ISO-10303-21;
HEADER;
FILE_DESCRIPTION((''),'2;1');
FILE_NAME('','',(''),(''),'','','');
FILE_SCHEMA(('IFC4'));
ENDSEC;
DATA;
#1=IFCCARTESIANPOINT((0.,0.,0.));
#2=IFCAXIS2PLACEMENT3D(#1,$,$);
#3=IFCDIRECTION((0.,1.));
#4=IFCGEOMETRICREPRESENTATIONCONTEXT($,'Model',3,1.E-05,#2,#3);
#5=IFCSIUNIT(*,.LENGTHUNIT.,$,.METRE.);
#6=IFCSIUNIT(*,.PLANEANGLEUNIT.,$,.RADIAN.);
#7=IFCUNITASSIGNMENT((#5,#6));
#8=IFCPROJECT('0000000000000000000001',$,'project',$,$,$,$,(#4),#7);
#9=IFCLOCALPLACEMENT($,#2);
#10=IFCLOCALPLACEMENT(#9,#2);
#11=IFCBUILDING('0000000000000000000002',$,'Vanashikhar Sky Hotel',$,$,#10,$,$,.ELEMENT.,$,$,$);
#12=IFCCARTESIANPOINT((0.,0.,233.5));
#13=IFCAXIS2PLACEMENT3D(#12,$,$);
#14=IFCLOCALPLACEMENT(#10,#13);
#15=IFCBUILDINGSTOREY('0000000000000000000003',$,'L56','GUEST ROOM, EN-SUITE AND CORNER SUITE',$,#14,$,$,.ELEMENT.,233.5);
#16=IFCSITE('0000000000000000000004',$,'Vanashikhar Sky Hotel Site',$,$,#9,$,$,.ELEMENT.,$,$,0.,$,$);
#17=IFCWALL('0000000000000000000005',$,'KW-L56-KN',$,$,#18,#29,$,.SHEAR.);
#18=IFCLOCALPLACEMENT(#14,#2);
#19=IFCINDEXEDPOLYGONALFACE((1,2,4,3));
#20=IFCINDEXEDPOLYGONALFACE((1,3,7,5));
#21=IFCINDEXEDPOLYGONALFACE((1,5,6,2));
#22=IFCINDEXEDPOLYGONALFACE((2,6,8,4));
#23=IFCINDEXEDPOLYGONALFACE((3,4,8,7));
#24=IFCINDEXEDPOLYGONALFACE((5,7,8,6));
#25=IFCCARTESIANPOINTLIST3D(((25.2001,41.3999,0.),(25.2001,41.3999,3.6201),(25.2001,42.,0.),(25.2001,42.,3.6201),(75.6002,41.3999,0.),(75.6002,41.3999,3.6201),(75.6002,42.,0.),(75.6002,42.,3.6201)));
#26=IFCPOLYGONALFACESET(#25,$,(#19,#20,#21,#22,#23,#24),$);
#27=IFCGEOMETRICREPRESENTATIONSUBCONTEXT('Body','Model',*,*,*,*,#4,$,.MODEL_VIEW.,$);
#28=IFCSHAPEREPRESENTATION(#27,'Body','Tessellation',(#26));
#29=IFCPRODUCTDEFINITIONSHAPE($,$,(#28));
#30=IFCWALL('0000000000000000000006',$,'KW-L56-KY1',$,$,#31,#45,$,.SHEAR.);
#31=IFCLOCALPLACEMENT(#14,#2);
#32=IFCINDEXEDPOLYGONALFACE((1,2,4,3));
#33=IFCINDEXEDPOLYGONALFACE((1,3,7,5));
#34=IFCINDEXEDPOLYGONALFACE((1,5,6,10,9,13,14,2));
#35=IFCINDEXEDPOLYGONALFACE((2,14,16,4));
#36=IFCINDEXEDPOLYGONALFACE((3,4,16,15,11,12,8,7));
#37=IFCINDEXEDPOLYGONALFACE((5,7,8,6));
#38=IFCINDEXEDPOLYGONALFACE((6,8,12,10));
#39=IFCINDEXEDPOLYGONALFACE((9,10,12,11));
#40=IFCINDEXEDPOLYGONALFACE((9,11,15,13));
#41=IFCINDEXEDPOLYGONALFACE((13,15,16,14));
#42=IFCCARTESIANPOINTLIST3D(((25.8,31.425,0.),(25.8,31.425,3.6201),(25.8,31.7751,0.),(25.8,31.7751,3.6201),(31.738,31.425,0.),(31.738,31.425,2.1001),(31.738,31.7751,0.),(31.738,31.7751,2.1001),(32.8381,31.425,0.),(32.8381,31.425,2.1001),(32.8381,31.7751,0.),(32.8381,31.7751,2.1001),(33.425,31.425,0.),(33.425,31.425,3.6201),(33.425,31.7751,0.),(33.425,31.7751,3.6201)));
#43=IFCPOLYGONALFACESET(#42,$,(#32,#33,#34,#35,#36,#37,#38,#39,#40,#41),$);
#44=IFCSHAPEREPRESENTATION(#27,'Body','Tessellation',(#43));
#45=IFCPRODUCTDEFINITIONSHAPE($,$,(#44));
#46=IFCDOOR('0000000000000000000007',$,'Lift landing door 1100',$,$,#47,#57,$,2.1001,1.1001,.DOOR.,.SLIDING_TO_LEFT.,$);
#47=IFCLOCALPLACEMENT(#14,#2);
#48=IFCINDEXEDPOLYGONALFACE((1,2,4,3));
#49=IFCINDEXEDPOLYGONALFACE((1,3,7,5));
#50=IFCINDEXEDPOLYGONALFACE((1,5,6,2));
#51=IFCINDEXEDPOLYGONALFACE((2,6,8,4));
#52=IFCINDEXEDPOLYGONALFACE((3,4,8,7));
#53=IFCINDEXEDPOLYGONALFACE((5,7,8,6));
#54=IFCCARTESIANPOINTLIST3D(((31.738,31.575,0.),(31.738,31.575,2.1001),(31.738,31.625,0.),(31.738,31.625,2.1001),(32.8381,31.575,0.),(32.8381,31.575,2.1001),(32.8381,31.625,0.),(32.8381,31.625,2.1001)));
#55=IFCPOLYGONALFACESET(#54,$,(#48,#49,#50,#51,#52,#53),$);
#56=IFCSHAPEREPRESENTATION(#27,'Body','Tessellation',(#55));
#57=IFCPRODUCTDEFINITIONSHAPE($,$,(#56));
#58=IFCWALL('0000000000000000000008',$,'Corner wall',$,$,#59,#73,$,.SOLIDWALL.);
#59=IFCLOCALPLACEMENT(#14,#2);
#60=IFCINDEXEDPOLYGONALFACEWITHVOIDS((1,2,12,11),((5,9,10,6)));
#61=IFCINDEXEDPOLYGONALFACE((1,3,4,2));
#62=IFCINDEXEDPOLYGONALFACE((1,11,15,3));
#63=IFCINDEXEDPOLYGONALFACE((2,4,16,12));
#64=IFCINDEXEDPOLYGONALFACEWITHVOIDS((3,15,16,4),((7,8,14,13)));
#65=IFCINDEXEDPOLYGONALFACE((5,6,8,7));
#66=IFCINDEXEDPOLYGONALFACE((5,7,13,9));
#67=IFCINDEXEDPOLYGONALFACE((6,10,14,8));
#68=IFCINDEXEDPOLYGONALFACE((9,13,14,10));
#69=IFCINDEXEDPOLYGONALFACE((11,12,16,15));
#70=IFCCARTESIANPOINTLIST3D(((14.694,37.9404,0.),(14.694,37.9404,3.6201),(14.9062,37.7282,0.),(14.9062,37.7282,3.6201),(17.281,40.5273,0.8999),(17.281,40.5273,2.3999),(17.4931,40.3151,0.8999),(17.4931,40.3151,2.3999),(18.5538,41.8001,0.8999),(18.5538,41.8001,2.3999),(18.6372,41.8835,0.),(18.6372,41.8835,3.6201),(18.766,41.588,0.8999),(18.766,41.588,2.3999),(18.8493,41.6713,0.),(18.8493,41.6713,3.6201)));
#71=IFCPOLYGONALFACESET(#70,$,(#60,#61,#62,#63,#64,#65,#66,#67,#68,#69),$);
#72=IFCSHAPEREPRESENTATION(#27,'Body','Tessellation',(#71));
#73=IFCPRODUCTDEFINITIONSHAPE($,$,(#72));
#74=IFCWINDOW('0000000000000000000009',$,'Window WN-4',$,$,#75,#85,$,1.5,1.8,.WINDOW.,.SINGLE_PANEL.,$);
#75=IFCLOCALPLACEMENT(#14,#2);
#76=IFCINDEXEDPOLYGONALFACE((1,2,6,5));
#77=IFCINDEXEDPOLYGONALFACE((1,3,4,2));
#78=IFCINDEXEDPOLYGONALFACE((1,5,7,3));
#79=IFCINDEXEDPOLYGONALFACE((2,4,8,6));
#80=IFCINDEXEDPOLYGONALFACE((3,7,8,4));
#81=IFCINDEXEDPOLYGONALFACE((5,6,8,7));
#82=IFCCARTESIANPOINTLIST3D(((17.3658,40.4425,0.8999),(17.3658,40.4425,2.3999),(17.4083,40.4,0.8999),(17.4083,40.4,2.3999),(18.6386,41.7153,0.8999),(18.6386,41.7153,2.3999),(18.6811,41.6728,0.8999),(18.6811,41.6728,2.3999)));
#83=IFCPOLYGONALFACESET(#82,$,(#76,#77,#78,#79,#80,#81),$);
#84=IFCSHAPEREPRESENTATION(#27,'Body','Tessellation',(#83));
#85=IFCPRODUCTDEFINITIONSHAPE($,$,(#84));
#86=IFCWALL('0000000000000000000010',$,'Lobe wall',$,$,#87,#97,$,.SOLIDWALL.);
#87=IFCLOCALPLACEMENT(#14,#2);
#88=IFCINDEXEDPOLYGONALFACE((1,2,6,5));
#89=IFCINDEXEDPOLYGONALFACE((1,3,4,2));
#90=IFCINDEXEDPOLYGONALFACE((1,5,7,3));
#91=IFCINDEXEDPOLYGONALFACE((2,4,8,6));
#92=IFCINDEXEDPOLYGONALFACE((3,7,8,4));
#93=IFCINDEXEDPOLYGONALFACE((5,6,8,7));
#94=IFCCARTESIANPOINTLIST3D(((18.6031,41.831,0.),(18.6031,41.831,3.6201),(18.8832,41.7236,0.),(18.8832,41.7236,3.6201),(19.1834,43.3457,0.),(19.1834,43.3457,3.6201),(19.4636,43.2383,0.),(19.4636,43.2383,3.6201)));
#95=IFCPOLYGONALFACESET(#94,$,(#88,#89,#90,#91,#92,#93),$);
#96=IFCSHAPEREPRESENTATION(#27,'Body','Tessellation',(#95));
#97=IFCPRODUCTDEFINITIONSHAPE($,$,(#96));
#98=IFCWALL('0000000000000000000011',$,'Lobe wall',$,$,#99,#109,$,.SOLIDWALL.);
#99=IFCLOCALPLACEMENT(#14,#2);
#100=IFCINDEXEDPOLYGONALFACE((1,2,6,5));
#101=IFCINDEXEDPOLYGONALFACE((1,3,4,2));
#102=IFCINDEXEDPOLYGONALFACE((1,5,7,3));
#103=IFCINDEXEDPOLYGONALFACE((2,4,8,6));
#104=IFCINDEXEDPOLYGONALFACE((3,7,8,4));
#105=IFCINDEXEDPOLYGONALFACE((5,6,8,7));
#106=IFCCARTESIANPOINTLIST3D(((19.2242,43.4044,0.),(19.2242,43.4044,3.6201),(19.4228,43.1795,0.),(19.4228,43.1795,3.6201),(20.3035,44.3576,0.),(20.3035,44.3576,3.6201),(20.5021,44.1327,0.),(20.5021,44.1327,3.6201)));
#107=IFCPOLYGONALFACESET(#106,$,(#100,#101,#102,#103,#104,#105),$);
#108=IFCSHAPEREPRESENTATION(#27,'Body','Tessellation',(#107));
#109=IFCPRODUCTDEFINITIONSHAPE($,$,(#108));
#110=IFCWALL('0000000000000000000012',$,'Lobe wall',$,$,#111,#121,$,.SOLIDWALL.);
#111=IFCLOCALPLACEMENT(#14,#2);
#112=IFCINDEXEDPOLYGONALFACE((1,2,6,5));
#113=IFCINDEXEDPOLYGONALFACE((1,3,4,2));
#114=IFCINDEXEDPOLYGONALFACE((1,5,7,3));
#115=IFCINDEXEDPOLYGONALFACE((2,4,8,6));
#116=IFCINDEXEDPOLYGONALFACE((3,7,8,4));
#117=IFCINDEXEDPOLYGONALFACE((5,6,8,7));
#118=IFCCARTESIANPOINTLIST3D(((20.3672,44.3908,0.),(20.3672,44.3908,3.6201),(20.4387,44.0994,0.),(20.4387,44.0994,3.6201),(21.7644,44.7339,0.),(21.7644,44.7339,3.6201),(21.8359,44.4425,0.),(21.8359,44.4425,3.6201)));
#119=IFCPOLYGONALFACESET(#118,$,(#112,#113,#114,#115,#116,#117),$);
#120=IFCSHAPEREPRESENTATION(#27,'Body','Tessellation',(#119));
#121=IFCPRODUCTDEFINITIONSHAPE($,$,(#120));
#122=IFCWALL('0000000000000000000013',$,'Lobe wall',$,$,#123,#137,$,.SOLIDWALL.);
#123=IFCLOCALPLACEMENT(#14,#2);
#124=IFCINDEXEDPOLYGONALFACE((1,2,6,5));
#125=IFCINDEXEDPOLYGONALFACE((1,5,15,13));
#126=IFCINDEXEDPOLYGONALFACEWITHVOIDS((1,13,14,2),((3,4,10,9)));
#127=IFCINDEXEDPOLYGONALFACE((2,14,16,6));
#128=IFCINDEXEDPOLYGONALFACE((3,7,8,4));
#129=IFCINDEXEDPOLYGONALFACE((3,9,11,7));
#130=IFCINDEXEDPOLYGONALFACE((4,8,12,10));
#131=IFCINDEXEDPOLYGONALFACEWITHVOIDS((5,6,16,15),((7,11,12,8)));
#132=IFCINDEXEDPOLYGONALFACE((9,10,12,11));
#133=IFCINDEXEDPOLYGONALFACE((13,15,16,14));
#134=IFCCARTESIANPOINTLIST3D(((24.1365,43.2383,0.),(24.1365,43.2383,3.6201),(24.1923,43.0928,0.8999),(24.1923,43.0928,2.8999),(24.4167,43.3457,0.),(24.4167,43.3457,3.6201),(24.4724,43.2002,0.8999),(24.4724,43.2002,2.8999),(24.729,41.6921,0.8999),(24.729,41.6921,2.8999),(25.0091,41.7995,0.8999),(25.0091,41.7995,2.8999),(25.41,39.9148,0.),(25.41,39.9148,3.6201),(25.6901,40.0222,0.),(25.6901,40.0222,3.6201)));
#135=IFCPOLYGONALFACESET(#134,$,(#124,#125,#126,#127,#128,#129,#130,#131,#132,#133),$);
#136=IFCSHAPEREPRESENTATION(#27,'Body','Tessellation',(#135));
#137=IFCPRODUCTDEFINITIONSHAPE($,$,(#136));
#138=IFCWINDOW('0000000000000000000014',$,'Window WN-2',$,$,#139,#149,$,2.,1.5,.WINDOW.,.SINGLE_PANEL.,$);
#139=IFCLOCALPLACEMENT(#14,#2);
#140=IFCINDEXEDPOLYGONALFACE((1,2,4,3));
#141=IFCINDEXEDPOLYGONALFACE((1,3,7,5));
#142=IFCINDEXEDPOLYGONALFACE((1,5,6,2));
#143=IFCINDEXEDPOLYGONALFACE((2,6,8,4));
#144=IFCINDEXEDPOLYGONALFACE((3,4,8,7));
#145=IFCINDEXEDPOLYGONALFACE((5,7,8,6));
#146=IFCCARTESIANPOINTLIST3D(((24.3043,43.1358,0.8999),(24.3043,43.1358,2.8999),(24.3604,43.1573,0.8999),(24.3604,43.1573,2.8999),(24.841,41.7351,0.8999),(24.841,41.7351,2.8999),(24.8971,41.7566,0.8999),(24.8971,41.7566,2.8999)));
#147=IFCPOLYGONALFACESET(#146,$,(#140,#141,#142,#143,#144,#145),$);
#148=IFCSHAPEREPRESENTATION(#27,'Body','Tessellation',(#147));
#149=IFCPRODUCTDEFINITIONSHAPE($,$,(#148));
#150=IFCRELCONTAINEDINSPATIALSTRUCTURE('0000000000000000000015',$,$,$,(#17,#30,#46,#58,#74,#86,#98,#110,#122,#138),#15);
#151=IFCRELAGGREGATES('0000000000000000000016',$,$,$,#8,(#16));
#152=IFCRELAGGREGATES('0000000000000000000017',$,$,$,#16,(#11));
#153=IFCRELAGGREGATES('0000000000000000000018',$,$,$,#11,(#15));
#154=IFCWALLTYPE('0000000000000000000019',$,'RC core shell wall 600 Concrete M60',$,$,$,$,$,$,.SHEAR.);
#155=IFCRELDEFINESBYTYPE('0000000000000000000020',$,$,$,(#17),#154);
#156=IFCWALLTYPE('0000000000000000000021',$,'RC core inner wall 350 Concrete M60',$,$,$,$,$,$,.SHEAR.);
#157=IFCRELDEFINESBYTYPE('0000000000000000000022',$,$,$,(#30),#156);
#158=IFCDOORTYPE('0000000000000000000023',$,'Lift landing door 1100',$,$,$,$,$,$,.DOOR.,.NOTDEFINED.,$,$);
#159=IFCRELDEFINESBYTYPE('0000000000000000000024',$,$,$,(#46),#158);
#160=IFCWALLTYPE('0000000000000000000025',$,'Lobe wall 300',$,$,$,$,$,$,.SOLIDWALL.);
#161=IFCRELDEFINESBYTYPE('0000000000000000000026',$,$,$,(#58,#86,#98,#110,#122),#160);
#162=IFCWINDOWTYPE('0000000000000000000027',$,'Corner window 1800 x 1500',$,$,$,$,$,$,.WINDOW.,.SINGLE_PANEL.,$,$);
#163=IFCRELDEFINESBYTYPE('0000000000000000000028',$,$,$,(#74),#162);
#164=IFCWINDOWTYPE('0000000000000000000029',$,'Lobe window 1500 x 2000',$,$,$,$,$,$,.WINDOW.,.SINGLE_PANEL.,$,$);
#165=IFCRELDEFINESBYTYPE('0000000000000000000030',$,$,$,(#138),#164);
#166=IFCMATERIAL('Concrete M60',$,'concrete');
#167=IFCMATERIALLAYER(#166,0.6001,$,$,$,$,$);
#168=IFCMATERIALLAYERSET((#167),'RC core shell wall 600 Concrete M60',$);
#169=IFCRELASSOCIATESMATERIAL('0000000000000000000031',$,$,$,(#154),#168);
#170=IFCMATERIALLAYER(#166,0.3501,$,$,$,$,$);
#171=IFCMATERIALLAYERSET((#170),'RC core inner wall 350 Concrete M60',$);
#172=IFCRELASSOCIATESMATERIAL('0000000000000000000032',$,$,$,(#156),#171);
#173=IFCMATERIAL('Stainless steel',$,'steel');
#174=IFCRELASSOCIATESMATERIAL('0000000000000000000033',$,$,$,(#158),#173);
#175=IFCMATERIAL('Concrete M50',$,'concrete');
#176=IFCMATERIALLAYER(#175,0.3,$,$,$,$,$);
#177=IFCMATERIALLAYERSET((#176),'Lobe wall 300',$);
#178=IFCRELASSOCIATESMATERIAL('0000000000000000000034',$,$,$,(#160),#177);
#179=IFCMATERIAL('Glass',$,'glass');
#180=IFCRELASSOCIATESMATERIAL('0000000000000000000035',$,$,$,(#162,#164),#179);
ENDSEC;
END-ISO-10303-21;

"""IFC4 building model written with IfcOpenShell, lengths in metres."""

from ifc_helpers import new_model, si_unit, direction, frame, frame_2d, origin, place, context, subcontext, project, spatial, rectangle, extrude, source, transform, mapped, material, layer, layer_set, type_object, element, fill, save


model = new_model("IFC4")

# Units and contexts
model_context = context("Model", 3, precision=1e-05, world=origin(), true_north=direction((0.0, 1.0)))
body_context = subcontext(model_context, "Body", "Model", "MODEL_VIEW")
ifc_project = project(units=[si_unit("LENGTHUNIT", "METRE"), si_unit("PLANEANGLEUNIT", "RADIAN")], contexts=[model_context])

# Site, building, storey
site_placement = place(None, origin())
site = spatial("IfcSite", under=ifc_project, at=site_placement, Name="Vanashikhar Sky Hotel Site", CompositionType="ELEMENT", RefElevation=0.0)
building_placement = place(site_placement, origin())
building = spatial("IfcBuilding", under=site, at=building_placement, Name="Vanashikhar Sky Hotel", CompositionType="ELEMENT")
storey_placement = place(building_placement, frame((0.0, 0.0, 233.5)))
storey = spatial("IfcBuildingStorey", under=building, at=storey_placement, Name="L56", Description="GUEST ROOM, EN-SUITE AND CORNER SUITE", CompositionType="ELEMENT", Elevation=233.5)

# Wall
ifc_material_1 = material(Name="Concrete M60", Category="concrete")
ifc_layer_1 = layer(ifc_material_1, 0.6001)
ifc_layer_set_1 = layer_set([ifc_layer_1], Name="RC core shell wall 600 Concrete M60")
wall_type_1 = type_object("IfcWallType", Name="RC core shell wall 600 Concrete M60", PredefinedType="SHEAR", material=ifc_layer_set_1)
shared_shape_1 = source(origin(), body_context, "Body", "SweptSolid", [
    extrude(rectangle(XDim=50.4001, YDim=0.6001, at=frame_2d((25.2002, 0.0))), origin(), (0.0, 0.0, 1.0), 3.6201),
])
wall_1_placement = place(storey_placement, frame((25.2, 41.7, 0.0), z_axis=(0.0, 0.0, 1.0), x_axis=(1.0, 0.0, 0.0)))
element("IfcWall", 1, at=wall_1_placement, inside=storey, type_object=wall_type_1, Name="KW-L56-KN", PredefinedType="SHEAR", context=body_context, shape_type="MappedRepresentation", body=[
    mapped(shared_shape_1, transform((0.0, 0.0, 0.0), scale=1.0)),
])

# Wall, opening, door
ifc_layer_2 = layer(ifc_material_1, 0.3501)
ifc_layer_set_2 = layer_set([ifc_layer_2], Name="RC core inner wall 350 Concrete M60")
wall_type_2 = type_object("IfcWallType", Name="RC core inner wall 350 Concrete M60", PredefinedType="SHEAR", material=ifc_layer_set_2)
shared_shape_2 = source(origin(), body_context, "Body", "SweptSolid", [
    extrude(rectangle(XDim=7.625, YDim=0.3501, at=frame_2d((3.8125, 0.0))), origin(), (0.0, 0.0, 1.0), 3.6201),
])
wall_2_placement = place(storey_placement, frame((25.8, 31.6001, 0.0), z_axis=(0.0, 0.0, 1.0), x_axis=(1.0, 0.0, 0.0)))
wall_2 = element("IfcWall", 2, at=wall_2_placement, inside=storey, type_object=wall_type_2, Name="KW-L56-KY1", PredefinedType="SHEAR", context=body_context, shape_type="MappedRepresentation", body=[
    mapped(shared_shape_2, transform((0.0, 0.0, 0.0), scale=1.0)),
])
shared_shape_3 = source(origin(), body_context, "Body", "SweptSolid", [
    extrude(rectangle(XDim=1.1001, YDim=2.1001, at=frame_2d((0.55, 1.05))), frame((0.0, 0.1851, 0.0), z_axis=(0.0, -1.0, 0.0), x_axis=(1.0, 0.0, 0.0)), (0.0, 0.0, 1.0), 0.3701),
])
opening_1_placement = place(wall_2_placement, frame((5.938, 0.0, 0.0)))
opening_1 = element("IfcOpeningElement", 3, at=opening_1_placement, cuts=wall_2, PredefinedType="OPENING", context=body_context, shape_type="MappedRepresentation", body=[
    mapped(shared_shape_3, transform((0.0, 0.0, 0.0), scale=1.0)),
])
ifc_material_2 = material(Name="Stainless steel", Category="steel")
door_type_1 = type_object("IfcDoorType", Name="Lift landing door 1100", OperationType="NOTDEFINED", PredefinedType="DOOR", material=ifc_material_2)
shared_shape_4 = source(origin(), body_context, "Body", "SweptSolid", [
    extrude(rectangle(XDim=1.1001, YDim=2.1001, at=frame_2d((0.55, 1.05))), frame((0.0, 0.0249, 0.0), z_axis=(0.0, -1.0, 0.0), x_axis=(1.0, 0.0, 0.0)), (0.0, 0.0, 1.0), 0.05),
])
door_1_placement = place(opening_1_placement, origin())
door_1 = element("IfcDoor", 4, at=door_1_placement, inside=storey, type_object=door_type_1, Name="Lift landing door 1100", OperationType="SLIDING_TO_LEFT", OverallHeight=2.1001, OverallWidth=1.1001, PredefinedType="DOOR", context=body_context, shape_type="MappedRepresentation", body=[
    mapped(shared_shape_4, transform((0.0, 0.0, 0.0), scale=1.0)),
])
fill(opening_1, door_1)

# Wall, opening, window
ifc_material_3 = material(Name="Concrete M50", Category="concrete")
ifc_layer_3 = layer(ifc_material_3, 0.3)
ifc_layer_set_3 = layer_set([ifc_layer_3], Name="Lobe wall 300")
wall_type_3 = type_object("IfcWallType", Name="Lobe wall 300", PredefinedType="SOLIDWALL", material=ifc_layer_set_3)
shared_shape_5 = source(origin(), body_context, "Body", "SweptSolid", [
    extrude(rectangle(XDim=5.5764, YDim=0.3, at=frame_2d((2.7881, 0.0))), origin(), (0.0, 0.0, 1.0), 3.6201),
])
wall_3_placement = place(storey_placement, frame((18.7432, 41.7773, 0.0), z_axis=(0.0, 0.0, 1.0), x_axis=(-0.707107, -0.707107, 0.0)))
wall_3 = element("IfcWall", 5, at=wall_3_placement, inside=storey, type_object=wall_type_3, Name="Corner wall", PredefinedType="SOLIDWALL", context=body_context, shape_type="MappedRepresentation", body=[
    mapped(shared_shape_5, transform((0.0, 0.0, 0.0), scale=1.0)),
])
shared_shape_6 = source(origin(), body_context, "Body", "SweptSolid", [
    extrude(rectangle(XDim=1.8, YDim=1.5, at=frame_2d((0.8999, 0.75))), frame((0.0, 0.1602, 0.0), z_axis=(0.0, -1.0, 0.0), x_axis=(1.0, 0.0, 0.0)), (0.0, 0.0, 1.0), 0.3201),
])
opening_2_placement = place(wall_3_placement, frame((0.1179, 0.0, 0.8999)))
opening_2 = element("IfcOpeningElement", 6, at=opening_2_placement, cuts=wall_3, PredefinedType="OPENING", context=body_context, shape_type="MappedRepresentation", body=[
    mapped(shared_shape_6, transform((0.0, 0.0, 0.0), scale=1.0)),
])
ifc_material_4 = material(Name="Glass", Category="glass")
window_type_1 = type_object("IfcWindowType", Name="Corner window 1800 x 1500", PartitioningType="SINGLE_PANEL", PredefinedType="WINDOW", material=ifc_material_4)
shared_shape_7 = source(origin(), body_context, "Body", "SweptSolid", [
    extrude(rectangle(XDim=1.8, YDim=1.5, at=frame_2d((0.8999, 0.75))), frame((0.0, 0.03, 0.0), z_axis=(0.0, -1.0, 0.0), x_axis=(1.0, 0.0, 0.0)), (0.0, 0.0, 1.0), 0.0601),
])
window_1_placement = place(opening_2_placement, origin())
window_1 = element("IfcWindow", 7, at=window_1_placement, inside=storey, type_object=window_type_1, Name="Window WN-4", OverallHeight=1.5, OverallWidth=1.8, PartitioningType="SINGLE_PANEL", PredefinedType="WINDOW", context=body_context, shape_type="MappedRepresentation", body=[
    mapped(shared_shape_7, transform((0.0, 0.0, 0.0), scale=1.0)),
])
fill(opening_2, window_1)

# Walls
shared_shape_8 = source(origin(), body_context, "Body", "SweptSolid", [
    extrude(rectangle(XDim=1.6221, YDim=0.3, at=frame_2d((0.811, 0.0))), origin(), (0.0, 0.0, 1.0), 3.6201),
])
wall_4_placement = place(storey_placement, frame((19.3235, 43.292, 0.0), z_axis=(0.0, 0.0, 1.0), x_axis=(-0.357779, -0.933806, 0.0)))
element("IfcWall", 8, at=wall_4_placement, inside=storey, type_object=wall_type_3, Name="Lobe wall", PredefinedType="SOLIDWALL", context=body_context, shape_type="MappedRepresentation", body=[
    mapped(shared_shape_8, transform((0.0, 0.0, 0.0), scale=1.0)),
])
shared_shape_9 = source(origin(), body_context, "Body", "SweptSolid", [
    extrude(rectangle(XDim=1.4399, YDim=0.3, at=frame_2d((0.72, 0.0))), origin(), (0.0, 0.0, 1.0), 3.6201),
])
wall_5_placement = place(storey_placement, frame((20.4028, 44.2451, 0.0), z_axis=(0.0, 0.0, 1.0), x_axis=(-0.749576, -0.661919, 0.0)))
element("IfcWall", 9, at=wall_5_placement, inside=storey, type_object=wall_type_3, Name="Lobe wall", PredefinedType="SOLIDWALL", context=body_context, shape_type="MappedRepresentation", body=[
    mapped(shared_shape_9, transform((0.0, 0.0, 0.0), scale=1.0)),
])
shared_shape_10 = source(origin(), body_context, "Body", "SweptSolid", [
    extrude(rectangle(XDim=1.4387, YDim=0.3, at=frame_2d((0.7192, 0.0))), origin(), (0.0, 0.0, 1.0), 3.6201),
])
wall_6_placement = place(storey_placement, frame((21.8, 44.5881, 0.0), z_axis=(0.0, 0.0, 1.0), x_axis=(-0.971162, -0.238421, 0.0)))
element("IfcWall", 10, at=wall_6_placement, inside=storey, type_object=wall_type_3, Name="Lobe wall", PredefinedType="SOLIDWALL", context=body_context, shape_type="MappedRepresentation", body=[
    mapped(shared_shape_10, transform((0.0, 0.0, 0.0), scale=1.0)),
])

# Wall, opening, window
shared_shape_11 = source(origin(), body_context, "Body", "SweptSolid", [
    extrude(rectangle(XDim=3.5591, YDim=0.3, at=frame_2d((1.7795, 0.0))), origin(), (0.0, 0.0, 1.0), 3.6201),
])
wall_7_placement = place(storey_placement, frame((25.55, 39.9685, 0.0), z_axis=(0.0, 0.0, 1.0), x_axis=(-0.357797, 0.933799, 0.0)))
wall_7 = element("IfcWall", 11, at=wall_7_placement, inside=storey, type_object=wall_type_3, Name="Lobe wall", PredefinedType="SOLIDWALL", context=body_context, shape_type="MappedRepresentation", body=[
    mapped(shared_shape_11, transform((0.0, 0.0, 0.0), scale=1.0)),
])
shared_shape_12 = source(origin(), body_context, "Body", "SweptSolid", [
    extrude(rectangle(XDim=1.5, YDim=2.0, at=frame_2d((0.75, 1.0))), frame((0.0, 0.1602, 0.0), z_axis=(0.0, -1.0, 0.0), x_axis=(1.0, 0.0, 0.0)), (0.0, 0.0, 1.0), 0.3201),
])
opening_3_placement = place(wall_7_placement, frame((1.9033, 0.0, 0.8999)))
opening_3 = element("IfcOpeningElement", 12, at=opening_3_placement, cuts=wall_7, PredefinedType="OPENING", context=body_context, shape_type="MappedRepresentation", body=[
    mapped(shared_shape_12, transform((0.0, 0.0, 0.0), scale=1.0)),
])
window_type_2 = type_object("IfcWindowType", Name="Lobe window 1500 x 2000", PartitioningType="SINGLE_PANEL", PredefinedType="WINDOW", material=ifc_material_4)
shared_shape_13 = source(origin(), body_context, "Body", "SweptSolid", [
    extrude(rectangle(XDim=1.5, YDim=2.0, at=frame_2d((0.75, 1.0))), frame((0.0, 0.03, 0.0), z_axis=(0.0, -1.0, 0.0), x_axis=(1.0, 0.0, 0.0)), (0.0, 0.0, 1.0), 0.0601),
])
window_2_placement = place(opening_3_placement, origin())
window_2 = element("IfcWindow", 13, at=window_2_placement, inside=storey, type_object=window_type_2, Name="Window WN-2", OverallHeight=2.0, OverallWidth=1.5, PartitioningType="SINGLE_PANEL", PredefinedType="WINDOW", context=body_context, shape_type="MappedRepresentation", body=[
    mapped(shared_shape_13, transform((0.0, 0.0, 0.0), scale=1.0)),
])
fill(opening_3, window_2)

save(model, "model.ifc")
